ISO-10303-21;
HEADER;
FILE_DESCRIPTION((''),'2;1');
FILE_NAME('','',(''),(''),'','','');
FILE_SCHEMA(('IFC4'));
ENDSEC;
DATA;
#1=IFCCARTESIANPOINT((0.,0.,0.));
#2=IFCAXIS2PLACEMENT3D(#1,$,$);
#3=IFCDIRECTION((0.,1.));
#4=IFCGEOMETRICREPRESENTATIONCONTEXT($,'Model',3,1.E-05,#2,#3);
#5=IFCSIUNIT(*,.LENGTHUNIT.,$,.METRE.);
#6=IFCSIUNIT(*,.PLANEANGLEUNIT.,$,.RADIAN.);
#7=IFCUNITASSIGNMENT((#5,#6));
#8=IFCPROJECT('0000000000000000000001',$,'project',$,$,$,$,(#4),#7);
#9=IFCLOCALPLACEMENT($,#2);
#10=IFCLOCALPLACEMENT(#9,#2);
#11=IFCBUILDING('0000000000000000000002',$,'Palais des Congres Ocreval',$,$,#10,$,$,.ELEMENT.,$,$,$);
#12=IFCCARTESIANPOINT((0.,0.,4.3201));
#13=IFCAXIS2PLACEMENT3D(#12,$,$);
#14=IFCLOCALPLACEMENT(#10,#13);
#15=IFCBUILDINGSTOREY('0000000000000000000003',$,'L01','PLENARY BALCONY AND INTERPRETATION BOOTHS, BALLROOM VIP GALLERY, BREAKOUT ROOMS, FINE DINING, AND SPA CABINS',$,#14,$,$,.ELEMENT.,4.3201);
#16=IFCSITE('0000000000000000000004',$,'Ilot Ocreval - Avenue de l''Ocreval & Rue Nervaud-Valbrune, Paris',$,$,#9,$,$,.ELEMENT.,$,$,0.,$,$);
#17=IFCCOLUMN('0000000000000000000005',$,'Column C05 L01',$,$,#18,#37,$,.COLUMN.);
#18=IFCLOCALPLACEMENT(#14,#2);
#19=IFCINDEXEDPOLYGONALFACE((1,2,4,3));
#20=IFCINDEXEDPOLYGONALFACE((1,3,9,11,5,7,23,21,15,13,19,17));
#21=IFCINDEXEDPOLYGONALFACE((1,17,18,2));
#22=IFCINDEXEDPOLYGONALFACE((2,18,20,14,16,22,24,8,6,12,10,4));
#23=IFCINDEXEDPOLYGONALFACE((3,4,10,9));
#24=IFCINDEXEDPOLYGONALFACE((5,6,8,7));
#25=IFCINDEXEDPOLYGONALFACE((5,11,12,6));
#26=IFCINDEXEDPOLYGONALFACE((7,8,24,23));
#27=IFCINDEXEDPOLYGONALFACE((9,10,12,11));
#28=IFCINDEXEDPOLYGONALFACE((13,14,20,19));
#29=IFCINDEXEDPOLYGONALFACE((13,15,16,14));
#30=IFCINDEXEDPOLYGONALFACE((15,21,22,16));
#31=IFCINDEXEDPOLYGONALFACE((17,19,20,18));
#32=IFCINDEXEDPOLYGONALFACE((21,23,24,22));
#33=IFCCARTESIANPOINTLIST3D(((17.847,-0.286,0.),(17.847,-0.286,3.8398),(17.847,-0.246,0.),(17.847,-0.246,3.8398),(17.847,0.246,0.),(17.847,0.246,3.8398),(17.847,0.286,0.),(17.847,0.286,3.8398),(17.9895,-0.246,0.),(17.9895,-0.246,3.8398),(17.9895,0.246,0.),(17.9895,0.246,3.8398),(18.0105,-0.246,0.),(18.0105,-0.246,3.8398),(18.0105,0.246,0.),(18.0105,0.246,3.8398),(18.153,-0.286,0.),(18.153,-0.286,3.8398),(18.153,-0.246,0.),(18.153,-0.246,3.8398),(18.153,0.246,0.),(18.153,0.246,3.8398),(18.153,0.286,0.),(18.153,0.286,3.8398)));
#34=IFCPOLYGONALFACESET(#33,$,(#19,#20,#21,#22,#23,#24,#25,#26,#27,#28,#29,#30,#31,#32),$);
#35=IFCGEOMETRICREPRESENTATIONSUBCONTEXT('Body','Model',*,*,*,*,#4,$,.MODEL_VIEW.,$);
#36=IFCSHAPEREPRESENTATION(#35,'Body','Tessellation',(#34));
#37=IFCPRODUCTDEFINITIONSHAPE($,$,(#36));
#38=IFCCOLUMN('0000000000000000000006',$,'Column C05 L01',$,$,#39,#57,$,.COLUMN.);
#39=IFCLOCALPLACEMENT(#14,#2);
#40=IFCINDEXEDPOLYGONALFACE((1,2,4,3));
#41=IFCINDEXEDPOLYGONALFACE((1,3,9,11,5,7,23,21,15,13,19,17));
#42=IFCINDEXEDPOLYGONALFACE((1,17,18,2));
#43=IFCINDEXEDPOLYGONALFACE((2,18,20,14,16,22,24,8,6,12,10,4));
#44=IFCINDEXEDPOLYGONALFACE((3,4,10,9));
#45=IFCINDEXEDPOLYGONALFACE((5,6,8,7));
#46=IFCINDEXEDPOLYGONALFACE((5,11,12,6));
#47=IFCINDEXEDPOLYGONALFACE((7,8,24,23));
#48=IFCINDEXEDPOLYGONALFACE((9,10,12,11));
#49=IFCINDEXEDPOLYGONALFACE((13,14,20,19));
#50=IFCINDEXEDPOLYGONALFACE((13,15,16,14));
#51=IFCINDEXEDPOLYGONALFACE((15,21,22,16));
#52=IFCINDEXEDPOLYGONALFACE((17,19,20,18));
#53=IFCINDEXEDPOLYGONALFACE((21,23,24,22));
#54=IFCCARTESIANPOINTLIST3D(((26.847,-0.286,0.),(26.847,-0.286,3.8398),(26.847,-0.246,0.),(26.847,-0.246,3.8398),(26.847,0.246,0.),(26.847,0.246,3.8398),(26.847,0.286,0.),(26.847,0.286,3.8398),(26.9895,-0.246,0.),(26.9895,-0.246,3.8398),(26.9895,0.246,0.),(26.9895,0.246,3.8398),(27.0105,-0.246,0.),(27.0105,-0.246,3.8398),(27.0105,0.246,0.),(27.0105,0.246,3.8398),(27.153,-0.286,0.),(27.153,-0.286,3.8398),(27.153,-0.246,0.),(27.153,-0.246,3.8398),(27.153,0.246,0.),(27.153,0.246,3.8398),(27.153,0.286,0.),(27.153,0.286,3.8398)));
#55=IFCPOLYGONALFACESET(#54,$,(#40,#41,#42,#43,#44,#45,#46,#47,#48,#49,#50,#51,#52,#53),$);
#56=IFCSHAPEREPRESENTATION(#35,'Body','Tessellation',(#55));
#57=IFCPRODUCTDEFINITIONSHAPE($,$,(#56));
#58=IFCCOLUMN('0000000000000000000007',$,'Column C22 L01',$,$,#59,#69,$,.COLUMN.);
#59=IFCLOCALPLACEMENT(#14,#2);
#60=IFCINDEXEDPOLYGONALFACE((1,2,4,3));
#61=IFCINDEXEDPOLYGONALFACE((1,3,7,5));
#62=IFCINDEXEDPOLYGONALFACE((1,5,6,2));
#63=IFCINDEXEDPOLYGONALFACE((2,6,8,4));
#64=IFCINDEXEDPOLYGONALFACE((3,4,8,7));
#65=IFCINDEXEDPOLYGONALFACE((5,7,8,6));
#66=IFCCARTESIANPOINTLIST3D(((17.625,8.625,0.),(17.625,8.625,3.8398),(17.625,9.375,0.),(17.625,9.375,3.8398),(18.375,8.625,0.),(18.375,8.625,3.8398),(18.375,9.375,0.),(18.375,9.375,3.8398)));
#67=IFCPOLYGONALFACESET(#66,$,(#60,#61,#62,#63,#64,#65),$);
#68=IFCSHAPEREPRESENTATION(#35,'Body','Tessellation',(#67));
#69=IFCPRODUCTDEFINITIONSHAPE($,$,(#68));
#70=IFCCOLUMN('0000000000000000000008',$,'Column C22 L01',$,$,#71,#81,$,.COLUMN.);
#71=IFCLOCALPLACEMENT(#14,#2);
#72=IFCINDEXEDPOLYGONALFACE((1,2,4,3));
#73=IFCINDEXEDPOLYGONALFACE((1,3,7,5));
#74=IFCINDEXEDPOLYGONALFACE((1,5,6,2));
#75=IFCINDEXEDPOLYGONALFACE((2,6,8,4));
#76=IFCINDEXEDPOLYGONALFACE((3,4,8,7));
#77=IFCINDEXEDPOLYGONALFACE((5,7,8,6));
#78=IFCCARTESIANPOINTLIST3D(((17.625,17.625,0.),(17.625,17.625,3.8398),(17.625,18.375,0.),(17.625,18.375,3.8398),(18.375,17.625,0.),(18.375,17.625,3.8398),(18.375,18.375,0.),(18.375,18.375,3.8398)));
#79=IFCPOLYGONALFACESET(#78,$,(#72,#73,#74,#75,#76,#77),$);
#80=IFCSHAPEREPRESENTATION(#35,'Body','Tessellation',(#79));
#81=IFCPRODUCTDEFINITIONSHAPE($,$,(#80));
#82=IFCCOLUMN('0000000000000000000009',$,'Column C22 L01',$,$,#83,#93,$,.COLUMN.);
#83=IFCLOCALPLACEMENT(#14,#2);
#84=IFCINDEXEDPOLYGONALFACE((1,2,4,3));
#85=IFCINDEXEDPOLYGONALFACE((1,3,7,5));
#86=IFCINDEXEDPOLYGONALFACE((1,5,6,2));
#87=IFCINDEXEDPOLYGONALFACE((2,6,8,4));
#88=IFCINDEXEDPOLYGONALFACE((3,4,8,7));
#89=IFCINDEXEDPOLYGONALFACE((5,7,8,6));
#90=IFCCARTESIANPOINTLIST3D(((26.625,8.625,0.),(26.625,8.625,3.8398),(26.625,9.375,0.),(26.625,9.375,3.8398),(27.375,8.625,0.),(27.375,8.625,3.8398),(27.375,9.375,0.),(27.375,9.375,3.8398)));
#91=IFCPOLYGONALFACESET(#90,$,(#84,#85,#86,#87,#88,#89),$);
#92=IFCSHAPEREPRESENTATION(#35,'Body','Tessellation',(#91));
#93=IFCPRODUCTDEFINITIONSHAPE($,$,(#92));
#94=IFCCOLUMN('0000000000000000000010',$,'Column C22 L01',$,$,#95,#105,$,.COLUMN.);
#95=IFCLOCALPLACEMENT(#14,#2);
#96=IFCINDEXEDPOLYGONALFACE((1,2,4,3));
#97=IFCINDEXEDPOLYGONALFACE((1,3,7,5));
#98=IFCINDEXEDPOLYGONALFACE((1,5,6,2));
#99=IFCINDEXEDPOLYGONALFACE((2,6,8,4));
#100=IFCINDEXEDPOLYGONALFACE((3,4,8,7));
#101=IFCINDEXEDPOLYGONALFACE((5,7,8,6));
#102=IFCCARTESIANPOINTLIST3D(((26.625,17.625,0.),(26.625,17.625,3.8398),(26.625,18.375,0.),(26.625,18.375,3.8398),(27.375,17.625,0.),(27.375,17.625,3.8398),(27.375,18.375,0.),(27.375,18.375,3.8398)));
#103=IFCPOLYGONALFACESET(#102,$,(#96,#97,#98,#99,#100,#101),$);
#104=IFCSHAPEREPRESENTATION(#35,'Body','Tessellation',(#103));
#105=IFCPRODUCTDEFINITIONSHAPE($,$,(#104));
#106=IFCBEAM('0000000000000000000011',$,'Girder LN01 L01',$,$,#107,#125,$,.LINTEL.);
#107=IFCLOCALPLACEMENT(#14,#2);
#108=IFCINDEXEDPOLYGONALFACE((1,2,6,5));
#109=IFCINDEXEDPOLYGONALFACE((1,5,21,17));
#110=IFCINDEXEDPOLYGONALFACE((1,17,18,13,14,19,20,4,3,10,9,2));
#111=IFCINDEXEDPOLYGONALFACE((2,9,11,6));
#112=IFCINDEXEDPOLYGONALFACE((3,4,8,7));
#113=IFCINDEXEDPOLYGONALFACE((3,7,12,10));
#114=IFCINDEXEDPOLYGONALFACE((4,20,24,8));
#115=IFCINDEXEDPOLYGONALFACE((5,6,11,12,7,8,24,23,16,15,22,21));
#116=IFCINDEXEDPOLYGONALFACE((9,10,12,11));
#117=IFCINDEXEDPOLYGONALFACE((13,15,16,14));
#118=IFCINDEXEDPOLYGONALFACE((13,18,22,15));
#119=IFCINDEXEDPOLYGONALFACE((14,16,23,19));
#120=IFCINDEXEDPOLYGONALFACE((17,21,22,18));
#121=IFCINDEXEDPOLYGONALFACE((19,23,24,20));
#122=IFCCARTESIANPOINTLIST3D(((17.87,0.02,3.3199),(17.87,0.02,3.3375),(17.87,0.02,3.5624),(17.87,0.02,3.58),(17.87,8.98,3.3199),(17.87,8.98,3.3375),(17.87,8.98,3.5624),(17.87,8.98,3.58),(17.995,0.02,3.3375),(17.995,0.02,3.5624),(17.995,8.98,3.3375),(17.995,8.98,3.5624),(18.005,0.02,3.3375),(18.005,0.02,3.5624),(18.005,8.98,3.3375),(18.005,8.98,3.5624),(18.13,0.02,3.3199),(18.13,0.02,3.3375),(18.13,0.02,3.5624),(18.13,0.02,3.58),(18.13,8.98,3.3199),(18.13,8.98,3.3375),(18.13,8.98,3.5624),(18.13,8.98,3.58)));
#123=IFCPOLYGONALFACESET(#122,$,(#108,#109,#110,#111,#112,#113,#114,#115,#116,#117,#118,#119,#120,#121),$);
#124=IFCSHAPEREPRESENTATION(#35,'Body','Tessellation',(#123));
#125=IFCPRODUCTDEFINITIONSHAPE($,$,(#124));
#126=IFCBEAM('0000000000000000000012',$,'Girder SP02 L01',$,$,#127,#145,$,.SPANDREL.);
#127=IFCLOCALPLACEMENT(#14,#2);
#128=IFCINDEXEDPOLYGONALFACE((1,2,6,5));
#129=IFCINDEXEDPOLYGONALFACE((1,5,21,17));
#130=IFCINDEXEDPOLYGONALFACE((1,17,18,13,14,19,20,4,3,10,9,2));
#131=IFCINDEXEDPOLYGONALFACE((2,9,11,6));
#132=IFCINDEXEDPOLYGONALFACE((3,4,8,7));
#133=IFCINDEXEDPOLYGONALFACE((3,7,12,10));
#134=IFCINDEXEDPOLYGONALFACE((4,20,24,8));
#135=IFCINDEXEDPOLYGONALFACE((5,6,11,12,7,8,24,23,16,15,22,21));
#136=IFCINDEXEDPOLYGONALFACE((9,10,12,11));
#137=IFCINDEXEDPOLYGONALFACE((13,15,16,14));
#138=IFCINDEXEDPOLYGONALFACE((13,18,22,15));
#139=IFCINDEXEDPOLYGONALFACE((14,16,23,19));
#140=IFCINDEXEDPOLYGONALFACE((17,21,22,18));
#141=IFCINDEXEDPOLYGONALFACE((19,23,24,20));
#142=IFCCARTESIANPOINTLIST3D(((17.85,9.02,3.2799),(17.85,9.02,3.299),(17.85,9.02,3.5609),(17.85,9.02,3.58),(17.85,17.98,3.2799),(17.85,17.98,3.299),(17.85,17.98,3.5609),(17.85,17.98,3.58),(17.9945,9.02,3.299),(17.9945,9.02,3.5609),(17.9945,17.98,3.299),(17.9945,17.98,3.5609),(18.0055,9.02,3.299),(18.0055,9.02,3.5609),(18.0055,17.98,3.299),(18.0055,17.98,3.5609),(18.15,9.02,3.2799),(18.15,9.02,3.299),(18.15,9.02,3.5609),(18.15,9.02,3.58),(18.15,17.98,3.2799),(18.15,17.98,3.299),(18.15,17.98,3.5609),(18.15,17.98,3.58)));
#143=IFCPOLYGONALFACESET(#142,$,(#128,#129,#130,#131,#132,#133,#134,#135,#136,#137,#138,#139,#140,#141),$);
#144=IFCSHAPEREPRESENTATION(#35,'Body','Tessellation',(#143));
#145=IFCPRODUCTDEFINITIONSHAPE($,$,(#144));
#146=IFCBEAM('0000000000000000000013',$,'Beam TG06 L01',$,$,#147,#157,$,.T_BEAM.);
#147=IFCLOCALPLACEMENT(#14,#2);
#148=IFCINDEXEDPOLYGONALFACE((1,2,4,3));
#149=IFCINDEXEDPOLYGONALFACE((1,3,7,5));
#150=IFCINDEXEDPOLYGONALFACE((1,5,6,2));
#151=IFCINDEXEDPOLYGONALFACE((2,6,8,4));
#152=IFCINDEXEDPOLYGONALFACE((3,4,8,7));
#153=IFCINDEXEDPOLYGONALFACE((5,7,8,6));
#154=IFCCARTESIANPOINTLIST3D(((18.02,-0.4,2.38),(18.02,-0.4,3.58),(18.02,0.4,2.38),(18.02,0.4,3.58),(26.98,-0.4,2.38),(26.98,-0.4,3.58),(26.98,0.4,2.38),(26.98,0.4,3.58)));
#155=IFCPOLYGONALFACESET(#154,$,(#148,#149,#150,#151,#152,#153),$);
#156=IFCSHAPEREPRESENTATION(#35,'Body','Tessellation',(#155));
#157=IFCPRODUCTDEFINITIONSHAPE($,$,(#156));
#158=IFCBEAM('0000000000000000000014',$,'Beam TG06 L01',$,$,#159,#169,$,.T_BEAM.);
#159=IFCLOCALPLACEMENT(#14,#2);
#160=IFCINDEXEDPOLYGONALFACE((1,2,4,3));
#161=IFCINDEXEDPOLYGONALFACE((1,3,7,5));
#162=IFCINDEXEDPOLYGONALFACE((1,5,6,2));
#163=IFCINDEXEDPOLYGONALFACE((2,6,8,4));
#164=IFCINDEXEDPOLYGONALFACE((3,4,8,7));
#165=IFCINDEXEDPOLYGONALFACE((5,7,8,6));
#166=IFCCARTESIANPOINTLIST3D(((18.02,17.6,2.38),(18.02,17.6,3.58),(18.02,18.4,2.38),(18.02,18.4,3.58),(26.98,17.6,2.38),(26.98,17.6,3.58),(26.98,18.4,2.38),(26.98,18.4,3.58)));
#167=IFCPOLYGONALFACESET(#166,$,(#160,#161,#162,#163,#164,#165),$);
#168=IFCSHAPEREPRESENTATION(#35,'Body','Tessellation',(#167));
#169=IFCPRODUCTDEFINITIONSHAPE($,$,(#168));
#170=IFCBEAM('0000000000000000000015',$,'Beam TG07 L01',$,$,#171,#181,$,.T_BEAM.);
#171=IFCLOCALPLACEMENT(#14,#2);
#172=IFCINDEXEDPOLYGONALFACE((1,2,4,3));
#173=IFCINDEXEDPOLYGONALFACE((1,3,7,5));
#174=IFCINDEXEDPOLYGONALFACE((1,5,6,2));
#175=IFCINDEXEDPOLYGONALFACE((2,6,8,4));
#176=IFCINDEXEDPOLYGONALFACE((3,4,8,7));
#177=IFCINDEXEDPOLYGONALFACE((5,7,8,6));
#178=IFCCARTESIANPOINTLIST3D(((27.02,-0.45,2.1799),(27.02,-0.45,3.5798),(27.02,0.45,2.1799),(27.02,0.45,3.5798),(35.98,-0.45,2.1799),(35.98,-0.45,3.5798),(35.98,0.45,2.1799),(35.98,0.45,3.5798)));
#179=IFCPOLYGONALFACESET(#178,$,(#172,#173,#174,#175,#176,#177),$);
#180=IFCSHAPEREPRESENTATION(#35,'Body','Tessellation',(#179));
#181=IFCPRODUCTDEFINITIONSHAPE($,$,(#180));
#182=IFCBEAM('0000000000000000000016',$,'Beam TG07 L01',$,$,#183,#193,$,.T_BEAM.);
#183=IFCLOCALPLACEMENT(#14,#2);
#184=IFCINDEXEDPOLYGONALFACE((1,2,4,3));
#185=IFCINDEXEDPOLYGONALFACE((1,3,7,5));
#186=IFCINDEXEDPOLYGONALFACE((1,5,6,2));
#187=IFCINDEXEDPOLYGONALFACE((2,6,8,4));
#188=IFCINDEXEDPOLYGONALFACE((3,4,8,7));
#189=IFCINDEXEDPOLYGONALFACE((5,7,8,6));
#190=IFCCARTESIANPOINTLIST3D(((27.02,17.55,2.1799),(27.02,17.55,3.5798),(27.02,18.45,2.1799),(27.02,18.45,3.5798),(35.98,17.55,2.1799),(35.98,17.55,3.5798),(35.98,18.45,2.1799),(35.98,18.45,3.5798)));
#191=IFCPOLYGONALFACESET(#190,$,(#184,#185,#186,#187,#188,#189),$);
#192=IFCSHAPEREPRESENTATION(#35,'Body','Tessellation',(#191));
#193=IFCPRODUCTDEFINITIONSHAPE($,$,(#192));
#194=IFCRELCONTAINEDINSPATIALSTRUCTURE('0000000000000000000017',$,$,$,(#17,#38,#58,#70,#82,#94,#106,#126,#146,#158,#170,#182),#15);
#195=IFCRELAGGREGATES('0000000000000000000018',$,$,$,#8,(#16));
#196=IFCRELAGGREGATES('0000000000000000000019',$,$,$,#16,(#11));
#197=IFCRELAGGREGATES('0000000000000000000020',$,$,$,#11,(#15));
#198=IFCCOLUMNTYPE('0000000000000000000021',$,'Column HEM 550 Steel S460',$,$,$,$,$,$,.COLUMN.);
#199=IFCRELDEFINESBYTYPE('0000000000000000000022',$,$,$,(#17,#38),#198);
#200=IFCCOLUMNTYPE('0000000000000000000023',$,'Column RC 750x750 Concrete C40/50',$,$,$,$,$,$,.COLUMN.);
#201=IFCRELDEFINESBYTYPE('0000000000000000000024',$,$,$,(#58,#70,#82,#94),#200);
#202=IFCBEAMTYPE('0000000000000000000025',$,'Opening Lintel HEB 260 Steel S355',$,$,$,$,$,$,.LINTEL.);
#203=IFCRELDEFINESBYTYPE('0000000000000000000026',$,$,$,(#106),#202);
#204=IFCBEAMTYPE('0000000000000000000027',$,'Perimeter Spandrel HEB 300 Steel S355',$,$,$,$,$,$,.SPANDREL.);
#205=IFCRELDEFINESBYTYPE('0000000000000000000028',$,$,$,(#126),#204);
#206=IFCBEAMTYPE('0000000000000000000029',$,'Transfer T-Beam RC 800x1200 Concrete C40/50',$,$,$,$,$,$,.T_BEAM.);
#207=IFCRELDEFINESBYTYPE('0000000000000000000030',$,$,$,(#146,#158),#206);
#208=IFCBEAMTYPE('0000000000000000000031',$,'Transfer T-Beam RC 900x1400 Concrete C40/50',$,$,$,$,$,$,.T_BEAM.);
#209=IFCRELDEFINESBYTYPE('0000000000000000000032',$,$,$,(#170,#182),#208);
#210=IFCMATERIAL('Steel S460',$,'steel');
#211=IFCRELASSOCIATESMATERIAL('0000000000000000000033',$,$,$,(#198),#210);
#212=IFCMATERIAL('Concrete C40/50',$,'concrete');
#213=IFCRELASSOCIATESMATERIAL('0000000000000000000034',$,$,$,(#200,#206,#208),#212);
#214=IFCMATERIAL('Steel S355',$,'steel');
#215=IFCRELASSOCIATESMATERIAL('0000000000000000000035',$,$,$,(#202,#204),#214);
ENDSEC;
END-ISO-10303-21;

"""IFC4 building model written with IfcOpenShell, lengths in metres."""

from ifc_helpers import new_model, si_unit, direction, frame, origin, origin_2d, place, context, subcontext, project, spatial, rectangle, i_section, extrude, material, material_profile, profile_set, type_object, element, save


model = new_model("IFC4")

# Units and contexts
model_context = context("Model", 3, precision=1e-05, world=origin(), true_north=direction((0.0, 1.0)))
body_context = subcontext(model_context, "Body", "Model", "MODEL_VIEW")
ifc_project = project(units=[si_unit("LENGTHUNIT", "METRE"), si_unit("PLANEANGLEUNIT", "RADIAN")], contexts=[model_context])

# Site, building, storey
site_placement = place(None, origin())
site = spatial("IfcSite", under=ifc_project, at=site_placement, Name="Ilot Ocreval - Avenue de l'Ocreval & Rue Nervaud-Valbrune, Paris", CompositionType="ELEMENT", RefElevation=0.0)
building_placement = place(site_placement, origin())
building = spatial("IfcBuilding", under=site, at=building_placement, Name="Palais des Congres Ocreval", CompositionType="ELEMENT")
storey_placement = place(building_placement, frame((0.0, 0.0, 4.3201)))
storey = spatial("IfcBuildingStorey", under=building, at=storey_placement, Name="L01", Description="PLENARY BALCONY AND INTERPRETATION BOOTHS, BALLROOM VIP GALLERY, BREAKOUT ROOMS, FINE DINING, AND SPA CABINS", CompositionType="ELEMENT", Elevation=4.3201)

# Columns
ifc_material_1 = material(Name="Steel S460", Category="steel")
ifc_material_profile_1 = material_profile(ifc_material_1, i_section(OverallWidth=0.3059, OverallDepth=0.572, WebThickness=0.021, FlangeThickness=0.04, at=origin_2d()), Name="HEM 550")
ifc_profile_set_1 = profile_set([ifc_material_profile_1], Name="Steel S460")
column_type_1 = type_object("IfcColumnType", Name="Column HEM 550 Steel S460", PredefinedType="COLUMN", material=ifc_profile_set_1)
for number, where, z_axis, x_axis, name in (
    (1, (18.0, 0.0, 0.0), (0.0, 0.0, 1.0), (1.0, 0.0, 0.0), "Column C05 L01"),
    (2, (27.0, 0.0, 0.0), (0.0, 0.0, 1.0), (1.0, 0.0, 0.0), "Column C05 L01"),
):
    element("IfcColumn", number, at=place(storey_placement, frame(where, z_axis=z_axis, x_axis=x_axis)), inside=storey, type_object=column_type_1, Name=name, PredefinedType="COLUMN", context=body_context, shape_type="SweptSolid", body=[
        extrude(i_section(OverallWidth=0.3059, OverallDepth=0.572, WebThickness=0.021, FlangeThickness=0.04, at=origin_2d()), origin(), (0.0, 0.0, 1.0), 3.8398),
    ])
ifc_material_2 = material(Name="Concrete C40/50", Category="concrete")
ifc_material_profile_2 = material_profile(ifc_material_2, rectangle(XDim=0.75, YDim=0.75, at=origin_2d()), Name="RC 750x750")
ifc_profile_set_2 = profile_set([ifc_material_profile_2], Name="Concrete C40/50")
column_type_2 = type_object("IfcColumnType", Name="Column RC 750x750 Concrete C40/50", PredefinedType="COLUMN", material=ifc_profile_set_2)
for number, where, z_axis, x_axis, name in (
    (3, (18.0, 9.0, 0.0), (0.0, 0.0, 1.0), (1.0, 0.0, 0.0), "Column C22 L01"),
    (4, (18.0, 18.0, 0.0), (0.0, 0.0, 1.0), (1.0, 0.0, 0.0), "Column C22 L01"),
    (5, (27.0, 9.0, 0.0), (0.0, 0.0, 1.0), (1.0, 0.0, 0.0), "Column C22 L01"),
    (6, (27.0, 18.0, 0.0), (0.0, 0.0, 1.0), (1.0, 0.0, 0.0), "Column C22 L01"),
):
    element("IfcColumn", number, at=place(storey_placement, frame(where, z_axis=z_axis, x_axis=x_axis)), inside=storey, type_object=column_type_2, Name=name, PredefinedType="COLUMN", context=body_context, shape_type="SweptSolid", body=[
        extrude(rectangle(XDim=0.75, YDim=0.75, at=origin_2d()), origin(), (0.0, 0.0, 1.0), 3.8398),
    ])

# Beams
ifc_material_3 = material(Name="Steel S355", Category="steel")
ifc_material_profile_3 = material_profile(ifc_material_3, i_section(OverallWidth=0.26, OverallDepth=0.26, WebThickness=0.01, FlangeThickness=0.0176, at=origin_2d()), Name="HEB 260")
ifc_profile_set_3 = profile_set([ifc_material_profile_3], Name="Steel S355")
beam_type_1 = type_object("IfcBeamType", Name="Opening Lintel HEB 260 Steel S355", PredefinedType="LINTEL", material=ifc_profile_set_3)
beam_1_placement = place(storey_placement, frame((18.0, 0.02, 3.45), z_axis=(0.0, 1.0, 0.0), x_axis=(-1.0, 0.0, 0.0)))
element("IfcBeam", 7, at=beam_1_placement, inside=storey, type_object=beam_type_1, Name="Girder LN01 L01", PredefinedType="LINTEL", context=body_context, shape_type="SweptSolid", body=[
    extrude(i_section(OverallWidth=0.26, OverallDepth=0.26, WebThickness=0.01, FlangeThickness=0.0176, at=origin_2d()), origin(), (0.0, 0.0, 1.0), 8.96),
])
ifc_material_profile_4 = material_profile(ifc_material_3, i_section(OverallWidth=0.3, OverallDepth=0.3, WebThickness=0.011, FlangeThickness=0.019, at=origin_2d()), Name="HEB 300")
ifc_profile_set_4 = profile_set([ifc_material_profile_4], Name="Steel S355")
beam_type_2 = type_object("IfcBeamType", Name="Perimeter Spandrel HEB 300 Steel S355", PredefinedType="SPANDREL", material=ifc_profile_set_4)
beam_2_placement = place(storey_placement, frame((18.0, 9.02, 3.4299), z_axis=(0.0, 1.0, 0.0), x_axis=(-1.0, 0.0, 0.0)))
element("IfcBeam", 8, at=beam_2_placement, inside=storey, type_object=beam_type_2, Name="Girder SP02 L01", PredefinedType="SPANDREL", context=body_context, shape_type="SweptSolid", body=[
    extrude(i_section(OverallWidth=0.3, OverallDepth=0.3, WebThickness=0.011, FlangeThickness=0.019, at=origin_2d()), origin(), (0.0, 0.0, 1.0), 8.96),
])
ifc_material_profile_5 = material_profile(ifc_material_2, rectangle(XDim=0.8, YDim=1.2, at=origin_2d()), Name="RC 800x1200")
ifc_profile_set_5 = profile_set([ifc_material_profile_5], Name="Concrete C40/50")
beam_type_3 = type_object("IfcBeamType", Name="Transfer T-Beam RC 800x1200 Concrete C40/50", PredefinedType="T_BEAM", material=ifc_profile_set_5)
for number, where, z_axis, x_axis, name in (
    (9, (18.02, 0.0, 2.98), (1.0, 0.0, 0.0), (0.0, 1.0, 0.0), "Beam TG06 L01"),
    (10, (18.02, 18.0, 2.98), (1.0, 0.0, 0.0), (0.0, 1.0, 0.0), "Beam TG06 L01"),
):
    element("IfcBeam", number, at=place(storey_placement, frame(where, z_axis=z_axis, x_axis=x_axis)), inside=storey, type_object=beam_type_3, Name=name, PredefinedType="T_BEAM", context=body_context, shape_type="SweptSolid", body=[
        extrude(rectangle(XDim=0.8, YDim=1.2, at=origin_2d()), origin(), (0.0, 0.0, 1.0), 8.96),
    ])
ifc_material_profile_6 = material_profile(ifc_material_2, rectangle(XDim=0.8999, YDim=1.3999, at=origin_2d()), Name="RC 900x1400")
ifc_profile_set_6 = profile_set([ifc_material_profile_6], Name="Concrete C40/50")
beam_type_4 = type_object("IfcBeamType", Name="Transfer T-Beam RC 900x1400 Concrete C40/50", PredefinedType="T_BEAM", material=ifc_profile_set_6)
for number, where, z_axis, x_axis, name in (
    (11, (27.02, 0.0, 2.8799), (1.0, 0.0, 0.0), (0.0, 1.0, 0.0), "Beam TG07 L01"),
    (12, (27.02, 18.0, 2.8799), (1.0, 0.0, 0.0), (0.0, 1.0, 0.0), "Beam TG07 L01"),
):
    element("IfcBeam", number, at=place(storey_placement, frame(where, z_axis=z_axis, x_axis=x_axis)), inside=storey, type_object=beam_type_4, Name=name, PredefinedType="T_BEAM", context=body_context, shape_type="SweptSolid", body=[
        extrude(rectangle(XDim=0.8999, YDim=1.3999, at=origin_2d()), origin(), (0.0, 0.0, 1.0), 8.96),
    ])

save(model, "model.ifc")
